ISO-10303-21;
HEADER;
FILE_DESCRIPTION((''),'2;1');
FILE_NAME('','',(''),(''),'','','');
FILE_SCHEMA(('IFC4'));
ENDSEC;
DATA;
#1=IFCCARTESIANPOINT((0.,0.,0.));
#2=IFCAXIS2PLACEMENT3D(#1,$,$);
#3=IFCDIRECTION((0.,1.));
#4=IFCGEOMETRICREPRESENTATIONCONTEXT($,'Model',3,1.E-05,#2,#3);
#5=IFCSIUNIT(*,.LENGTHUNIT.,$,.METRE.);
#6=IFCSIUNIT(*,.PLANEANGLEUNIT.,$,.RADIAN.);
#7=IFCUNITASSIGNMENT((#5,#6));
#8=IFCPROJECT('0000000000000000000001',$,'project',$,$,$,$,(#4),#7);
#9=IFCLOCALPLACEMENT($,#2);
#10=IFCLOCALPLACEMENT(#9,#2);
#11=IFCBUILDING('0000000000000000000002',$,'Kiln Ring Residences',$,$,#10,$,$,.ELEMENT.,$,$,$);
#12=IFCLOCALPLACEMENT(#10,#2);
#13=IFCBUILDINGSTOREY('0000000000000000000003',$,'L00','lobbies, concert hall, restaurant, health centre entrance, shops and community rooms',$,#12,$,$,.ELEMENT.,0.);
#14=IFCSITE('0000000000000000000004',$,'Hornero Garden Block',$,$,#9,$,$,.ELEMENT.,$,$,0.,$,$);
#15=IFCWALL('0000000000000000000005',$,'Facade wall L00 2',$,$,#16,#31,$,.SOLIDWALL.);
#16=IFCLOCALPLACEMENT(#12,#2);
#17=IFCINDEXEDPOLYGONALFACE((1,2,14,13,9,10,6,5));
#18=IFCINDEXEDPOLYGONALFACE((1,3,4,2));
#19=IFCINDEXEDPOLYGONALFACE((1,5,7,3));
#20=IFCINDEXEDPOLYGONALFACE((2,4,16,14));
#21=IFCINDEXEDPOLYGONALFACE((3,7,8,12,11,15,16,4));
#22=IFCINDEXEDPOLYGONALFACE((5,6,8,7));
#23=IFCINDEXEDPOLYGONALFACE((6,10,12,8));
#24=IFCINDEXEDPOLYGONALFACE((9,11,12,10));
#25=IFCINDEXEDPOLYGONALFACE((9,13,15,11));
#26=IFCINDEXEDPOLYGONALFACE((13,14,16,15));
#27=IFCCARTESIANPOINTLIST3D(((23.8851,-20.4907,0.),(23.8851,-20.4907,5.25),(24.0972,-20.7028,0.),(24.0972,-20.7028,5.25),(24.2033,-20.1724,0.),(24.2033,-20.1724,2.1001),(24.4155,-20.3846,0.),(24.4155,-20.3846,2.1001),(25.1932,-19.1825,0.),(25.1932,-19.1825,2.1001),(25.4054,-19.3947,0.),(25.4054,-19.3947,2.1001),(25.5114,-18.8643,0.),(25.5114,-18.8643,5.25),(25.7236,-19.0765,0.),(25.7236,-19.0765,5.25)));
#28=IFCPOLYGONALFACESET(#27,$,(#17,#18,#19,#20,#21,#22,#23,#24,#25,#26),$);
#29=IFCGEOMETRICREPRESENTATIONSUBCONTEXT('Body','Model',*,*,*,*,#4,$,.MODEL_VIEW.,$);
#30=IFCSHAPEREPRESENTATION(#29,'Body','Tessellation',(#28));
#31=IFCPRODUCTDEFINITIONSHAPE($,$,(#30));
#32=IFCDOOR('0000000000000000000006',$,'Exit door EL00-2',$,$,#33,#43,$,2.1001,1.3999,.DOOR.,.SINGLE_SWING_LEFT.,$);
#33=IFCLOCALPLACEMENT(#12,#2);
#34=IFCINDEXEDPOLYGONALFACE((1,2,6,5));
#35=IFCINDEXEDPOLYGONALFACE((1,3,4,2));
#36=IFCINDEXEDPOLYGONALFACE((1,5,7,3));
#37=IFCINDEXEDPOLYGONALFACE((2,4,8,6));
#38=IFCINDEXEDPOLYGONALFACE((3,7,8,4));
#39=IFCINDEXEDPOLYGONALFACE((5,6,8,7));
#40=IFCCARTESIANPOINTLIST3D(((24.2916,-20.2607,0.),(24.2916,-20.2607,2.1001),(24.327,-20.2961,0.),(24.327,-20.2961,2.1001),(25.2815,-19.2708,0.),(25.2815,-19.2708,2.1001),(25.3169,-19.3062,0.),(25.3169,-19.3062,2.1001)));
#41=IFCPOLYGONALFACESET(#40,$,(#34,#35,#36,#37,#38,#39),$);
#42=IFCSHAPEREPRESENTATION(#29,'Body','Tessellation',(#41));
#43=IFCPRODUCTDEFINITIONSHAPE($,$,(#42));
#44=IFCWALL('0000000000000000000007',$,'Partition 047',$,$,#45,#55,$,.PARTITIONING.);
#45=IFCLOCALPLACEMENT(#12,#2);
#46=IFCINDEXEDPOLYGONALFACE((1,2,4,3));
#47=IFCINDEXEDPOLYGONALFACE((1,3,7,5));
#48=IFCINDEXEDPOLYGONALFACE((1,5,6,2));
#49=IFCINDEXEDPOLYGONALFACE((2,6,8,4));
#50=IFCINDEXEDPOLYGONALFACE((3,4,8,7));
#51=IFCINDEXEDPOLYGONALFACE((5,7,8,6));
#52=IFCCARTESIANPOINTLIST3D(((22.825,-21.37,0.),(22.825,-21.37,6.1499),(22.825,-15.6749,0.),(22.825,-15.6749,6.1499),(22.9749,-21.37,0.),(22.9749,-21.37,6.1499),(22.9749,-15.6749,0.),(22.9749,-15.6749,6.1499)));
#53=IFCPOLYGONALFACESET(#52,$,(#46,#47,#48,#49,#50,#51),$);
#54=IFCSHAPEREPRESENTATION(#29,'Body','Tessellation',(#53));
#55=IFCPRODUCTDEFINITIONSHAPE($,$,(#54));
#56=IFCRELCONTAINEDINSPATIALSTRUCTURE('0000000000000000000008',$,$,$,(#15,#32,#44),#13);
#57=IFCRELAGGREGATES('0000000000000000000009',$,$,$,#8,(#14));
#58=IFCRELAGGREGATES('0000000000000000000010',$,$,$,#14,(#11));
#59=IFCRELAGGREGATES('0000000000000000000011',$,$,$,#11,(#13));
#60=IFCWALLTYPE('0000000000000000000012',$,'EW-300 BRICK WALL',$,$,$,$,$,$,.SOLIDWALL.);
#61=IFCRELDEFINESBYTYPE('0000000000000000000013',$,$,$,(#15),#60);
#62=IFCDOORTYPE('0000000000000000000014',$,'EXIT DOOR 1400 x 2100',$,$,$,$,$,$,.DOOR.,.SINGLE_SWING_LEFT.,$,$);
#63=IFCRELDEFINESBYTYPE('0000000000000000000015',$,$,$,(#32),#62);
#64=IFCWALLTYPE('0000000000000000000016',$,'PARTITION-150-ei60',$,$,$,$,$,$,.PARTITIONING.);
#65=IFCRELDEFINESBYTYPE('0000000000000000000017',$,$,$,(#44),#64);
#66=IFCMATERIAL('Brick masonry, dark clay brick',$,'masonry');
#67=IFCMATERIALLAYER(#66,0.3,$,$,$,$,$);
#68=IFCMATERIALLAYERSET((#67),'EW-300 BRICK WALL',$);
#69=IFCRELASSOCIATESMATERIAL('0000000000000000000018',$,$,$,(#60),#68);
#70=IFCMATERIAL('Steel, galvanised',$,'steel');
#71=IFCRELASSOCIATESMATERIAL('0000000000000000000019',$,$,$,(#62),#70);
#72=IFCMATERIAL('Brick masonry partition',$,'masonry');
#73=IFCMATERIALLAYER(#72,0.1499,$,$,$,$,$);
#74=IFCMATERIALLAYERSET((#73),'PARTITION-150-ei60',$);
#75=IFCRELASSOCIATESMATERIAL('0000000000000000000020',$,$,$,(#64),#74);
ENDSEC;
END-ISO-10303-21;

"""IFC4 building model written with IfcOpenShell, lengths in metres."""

from ifc_helpers import new_model, si_unit, direction, frame, frame_2d, origin, place, context, subcontext, project, spatial, rectangle, extrude, material, layer, layer_set, type_object, element, fill, save


model = new_model("IFC4")

# Units and contexts
model_context = context("Model", 3, precision=1e-05, world=origin(), true_north=direction((0.0, 1.0)))
body_context = subcontext(model_context, "Body", "Model", "MODEL_VIEW")
ifc_project = project(units=[si_unit("LENGTHUNIT", "METRE"), si_unit("PLANEANGLEUNIT", "RADIAN")], contexts=[model_context])

# Site, building, storey
site_placement = place(None, origin())
site = spatial("IfcSite", under=ifc_project, at=site_placement, Name="Hornero Garden Block", CompositionType="ELEMENT", RefElevation=0.0)
building_placement = place(site_placement, origin())
building = spatial("IfcBuilding", under=site, at=building_placement, Name="Kiln Ring Residences", CompositionType="ELEMENT")
storey_placement = place(building_placement, origin())
storey = spatial("IfcBuildingStorey", under=building, at=storey_placement, Name="L00", Description="lobbies, concert hall, restaurant, health centre entrance, shops and community rooms", CompositionType="ELEMENT", Elevation=0.0)

# Wall, opening, door
ifc_material_1 = material(Name="Brick masonry, dark clay brick", Category="masonry")
ifc_layer_1 = layer(ifc_material_1, 0.3)
ifc_layer_set_1 = layer_set([ifc_layer_1], Name="EW-300 BRICK WALL")
wall_type_1 = type_object("IfcWallType", Name="EW-300 BRICK WALL", PredefinedType="SOLIDWALL", material=ifc_layer_set_1)
wall_1_placement = place(storey_placement, frame((25.6174, -18.9705, 0.0), z_axis=(0.0, 0.0, 1.0), x_axis=(-0.707107, -0.707107, 0.0)))
wall_1 = element("IfcWall", 1, at=wall_1_placement, inside=storey, type_object=wall_type_1, Name="Facade wall L00 2", PredefinedType="SOLIDWALL", context=body_context, shape_type="SweptSolid", body=[
    extrude(rectangle(XDim=2.3, YDim=0.3, at=frame_2d((1.1499, 0.0))), origin(), (0.0, 0.0, 1.0), 5.25),
])
opening_placement = place(wall_1_placement, frame((0.45, 0.0, 0.0)))
opening = element("IfcOpeningElement", 2, at=opening_placement, cuts=wall_1, PredefinedType="OPENING", context=body_context, shape_type="SweptSolid", body=[
    extrude(rectangle(XDim=1.3999, YDim=2.1001, at=frame_2d((0.7, 1.05))), frame((0.0, 0.1599, 0.0), z_axis=(0.0, -1.0, 0.0), x_axis=(1.0, 0.0, 0.0)), (0.0, 0.0, 1.0), 0.3201),
])
ifc_material_2 = material(Name="Steel, galvanised", Category="steel")
door_type = type_object("IfcDoorType", Name="EXIT DOOR 1400 x 2100", OperationType="SINGLE_SWING_LEFT", PredefinedType="DOOR", material=ifc_material_2)
door_placement = place(opening_placement, origin())
door = element("IfcDoor", 3, at=door_placement, inside=storey, type_object=door_type, Name="Exit door EL00-2", OperationType="SINGLE_SWING_LEFT", OverallHeight=2.1001, OverallWidth=1.3999, PredefinedType="DOOR", context=body_context, shape_type="SweptSolid", body=[
    extrude(rectangle(XDim=1.3999, YDim=2.1001, at=frame_2d((0.7, 1.05))), frame((0.0, 0.0249, 0.0), z_axis=(0.0, -1.0, 0.0), x_axis=(1.0, 0.0, 0.0)), (0.0, 0.0, 1.0), 0.05),
])
fill(opening, door)

# Wall
ifc_material_3 = material(Name="Brick masonry partition", Category="masonry")
ifc_layer_2 = layer(ifc_material_3, 0.1499)
ifc_layer_set_2 = layer_set([ifc_layer_2], Name="PARTITION-150-ei60")
wall_type_2 = type_object("IfcWallType", Name="PARTITION-150-ei60", PredefinedType="PARTITIONING", material=ifc_layer_set_2)
wall_2_placement = place(storey_placement, frame((22.8999, -21.3701, 0.0), z_axis=(0.0, 0.0, 1.0), x_axis=(0.0, 1.0, 0.0)))
element("IfcWall", 4, at=wall_2_placement, inside=storey, type_object=wall_type_2, Name="Partition 047", PredefinedType="PARTITIONING", context=body_context, shape_type="SweptSolid", body=[
    extrude(rectangle(XDim=5.6951, YDim=0.1499, at=frame_2d((2.8477, 0.0))), origin(), (0.0, 0.0, 1.0), 6.1499),
])

save(model, "model.ifc")
